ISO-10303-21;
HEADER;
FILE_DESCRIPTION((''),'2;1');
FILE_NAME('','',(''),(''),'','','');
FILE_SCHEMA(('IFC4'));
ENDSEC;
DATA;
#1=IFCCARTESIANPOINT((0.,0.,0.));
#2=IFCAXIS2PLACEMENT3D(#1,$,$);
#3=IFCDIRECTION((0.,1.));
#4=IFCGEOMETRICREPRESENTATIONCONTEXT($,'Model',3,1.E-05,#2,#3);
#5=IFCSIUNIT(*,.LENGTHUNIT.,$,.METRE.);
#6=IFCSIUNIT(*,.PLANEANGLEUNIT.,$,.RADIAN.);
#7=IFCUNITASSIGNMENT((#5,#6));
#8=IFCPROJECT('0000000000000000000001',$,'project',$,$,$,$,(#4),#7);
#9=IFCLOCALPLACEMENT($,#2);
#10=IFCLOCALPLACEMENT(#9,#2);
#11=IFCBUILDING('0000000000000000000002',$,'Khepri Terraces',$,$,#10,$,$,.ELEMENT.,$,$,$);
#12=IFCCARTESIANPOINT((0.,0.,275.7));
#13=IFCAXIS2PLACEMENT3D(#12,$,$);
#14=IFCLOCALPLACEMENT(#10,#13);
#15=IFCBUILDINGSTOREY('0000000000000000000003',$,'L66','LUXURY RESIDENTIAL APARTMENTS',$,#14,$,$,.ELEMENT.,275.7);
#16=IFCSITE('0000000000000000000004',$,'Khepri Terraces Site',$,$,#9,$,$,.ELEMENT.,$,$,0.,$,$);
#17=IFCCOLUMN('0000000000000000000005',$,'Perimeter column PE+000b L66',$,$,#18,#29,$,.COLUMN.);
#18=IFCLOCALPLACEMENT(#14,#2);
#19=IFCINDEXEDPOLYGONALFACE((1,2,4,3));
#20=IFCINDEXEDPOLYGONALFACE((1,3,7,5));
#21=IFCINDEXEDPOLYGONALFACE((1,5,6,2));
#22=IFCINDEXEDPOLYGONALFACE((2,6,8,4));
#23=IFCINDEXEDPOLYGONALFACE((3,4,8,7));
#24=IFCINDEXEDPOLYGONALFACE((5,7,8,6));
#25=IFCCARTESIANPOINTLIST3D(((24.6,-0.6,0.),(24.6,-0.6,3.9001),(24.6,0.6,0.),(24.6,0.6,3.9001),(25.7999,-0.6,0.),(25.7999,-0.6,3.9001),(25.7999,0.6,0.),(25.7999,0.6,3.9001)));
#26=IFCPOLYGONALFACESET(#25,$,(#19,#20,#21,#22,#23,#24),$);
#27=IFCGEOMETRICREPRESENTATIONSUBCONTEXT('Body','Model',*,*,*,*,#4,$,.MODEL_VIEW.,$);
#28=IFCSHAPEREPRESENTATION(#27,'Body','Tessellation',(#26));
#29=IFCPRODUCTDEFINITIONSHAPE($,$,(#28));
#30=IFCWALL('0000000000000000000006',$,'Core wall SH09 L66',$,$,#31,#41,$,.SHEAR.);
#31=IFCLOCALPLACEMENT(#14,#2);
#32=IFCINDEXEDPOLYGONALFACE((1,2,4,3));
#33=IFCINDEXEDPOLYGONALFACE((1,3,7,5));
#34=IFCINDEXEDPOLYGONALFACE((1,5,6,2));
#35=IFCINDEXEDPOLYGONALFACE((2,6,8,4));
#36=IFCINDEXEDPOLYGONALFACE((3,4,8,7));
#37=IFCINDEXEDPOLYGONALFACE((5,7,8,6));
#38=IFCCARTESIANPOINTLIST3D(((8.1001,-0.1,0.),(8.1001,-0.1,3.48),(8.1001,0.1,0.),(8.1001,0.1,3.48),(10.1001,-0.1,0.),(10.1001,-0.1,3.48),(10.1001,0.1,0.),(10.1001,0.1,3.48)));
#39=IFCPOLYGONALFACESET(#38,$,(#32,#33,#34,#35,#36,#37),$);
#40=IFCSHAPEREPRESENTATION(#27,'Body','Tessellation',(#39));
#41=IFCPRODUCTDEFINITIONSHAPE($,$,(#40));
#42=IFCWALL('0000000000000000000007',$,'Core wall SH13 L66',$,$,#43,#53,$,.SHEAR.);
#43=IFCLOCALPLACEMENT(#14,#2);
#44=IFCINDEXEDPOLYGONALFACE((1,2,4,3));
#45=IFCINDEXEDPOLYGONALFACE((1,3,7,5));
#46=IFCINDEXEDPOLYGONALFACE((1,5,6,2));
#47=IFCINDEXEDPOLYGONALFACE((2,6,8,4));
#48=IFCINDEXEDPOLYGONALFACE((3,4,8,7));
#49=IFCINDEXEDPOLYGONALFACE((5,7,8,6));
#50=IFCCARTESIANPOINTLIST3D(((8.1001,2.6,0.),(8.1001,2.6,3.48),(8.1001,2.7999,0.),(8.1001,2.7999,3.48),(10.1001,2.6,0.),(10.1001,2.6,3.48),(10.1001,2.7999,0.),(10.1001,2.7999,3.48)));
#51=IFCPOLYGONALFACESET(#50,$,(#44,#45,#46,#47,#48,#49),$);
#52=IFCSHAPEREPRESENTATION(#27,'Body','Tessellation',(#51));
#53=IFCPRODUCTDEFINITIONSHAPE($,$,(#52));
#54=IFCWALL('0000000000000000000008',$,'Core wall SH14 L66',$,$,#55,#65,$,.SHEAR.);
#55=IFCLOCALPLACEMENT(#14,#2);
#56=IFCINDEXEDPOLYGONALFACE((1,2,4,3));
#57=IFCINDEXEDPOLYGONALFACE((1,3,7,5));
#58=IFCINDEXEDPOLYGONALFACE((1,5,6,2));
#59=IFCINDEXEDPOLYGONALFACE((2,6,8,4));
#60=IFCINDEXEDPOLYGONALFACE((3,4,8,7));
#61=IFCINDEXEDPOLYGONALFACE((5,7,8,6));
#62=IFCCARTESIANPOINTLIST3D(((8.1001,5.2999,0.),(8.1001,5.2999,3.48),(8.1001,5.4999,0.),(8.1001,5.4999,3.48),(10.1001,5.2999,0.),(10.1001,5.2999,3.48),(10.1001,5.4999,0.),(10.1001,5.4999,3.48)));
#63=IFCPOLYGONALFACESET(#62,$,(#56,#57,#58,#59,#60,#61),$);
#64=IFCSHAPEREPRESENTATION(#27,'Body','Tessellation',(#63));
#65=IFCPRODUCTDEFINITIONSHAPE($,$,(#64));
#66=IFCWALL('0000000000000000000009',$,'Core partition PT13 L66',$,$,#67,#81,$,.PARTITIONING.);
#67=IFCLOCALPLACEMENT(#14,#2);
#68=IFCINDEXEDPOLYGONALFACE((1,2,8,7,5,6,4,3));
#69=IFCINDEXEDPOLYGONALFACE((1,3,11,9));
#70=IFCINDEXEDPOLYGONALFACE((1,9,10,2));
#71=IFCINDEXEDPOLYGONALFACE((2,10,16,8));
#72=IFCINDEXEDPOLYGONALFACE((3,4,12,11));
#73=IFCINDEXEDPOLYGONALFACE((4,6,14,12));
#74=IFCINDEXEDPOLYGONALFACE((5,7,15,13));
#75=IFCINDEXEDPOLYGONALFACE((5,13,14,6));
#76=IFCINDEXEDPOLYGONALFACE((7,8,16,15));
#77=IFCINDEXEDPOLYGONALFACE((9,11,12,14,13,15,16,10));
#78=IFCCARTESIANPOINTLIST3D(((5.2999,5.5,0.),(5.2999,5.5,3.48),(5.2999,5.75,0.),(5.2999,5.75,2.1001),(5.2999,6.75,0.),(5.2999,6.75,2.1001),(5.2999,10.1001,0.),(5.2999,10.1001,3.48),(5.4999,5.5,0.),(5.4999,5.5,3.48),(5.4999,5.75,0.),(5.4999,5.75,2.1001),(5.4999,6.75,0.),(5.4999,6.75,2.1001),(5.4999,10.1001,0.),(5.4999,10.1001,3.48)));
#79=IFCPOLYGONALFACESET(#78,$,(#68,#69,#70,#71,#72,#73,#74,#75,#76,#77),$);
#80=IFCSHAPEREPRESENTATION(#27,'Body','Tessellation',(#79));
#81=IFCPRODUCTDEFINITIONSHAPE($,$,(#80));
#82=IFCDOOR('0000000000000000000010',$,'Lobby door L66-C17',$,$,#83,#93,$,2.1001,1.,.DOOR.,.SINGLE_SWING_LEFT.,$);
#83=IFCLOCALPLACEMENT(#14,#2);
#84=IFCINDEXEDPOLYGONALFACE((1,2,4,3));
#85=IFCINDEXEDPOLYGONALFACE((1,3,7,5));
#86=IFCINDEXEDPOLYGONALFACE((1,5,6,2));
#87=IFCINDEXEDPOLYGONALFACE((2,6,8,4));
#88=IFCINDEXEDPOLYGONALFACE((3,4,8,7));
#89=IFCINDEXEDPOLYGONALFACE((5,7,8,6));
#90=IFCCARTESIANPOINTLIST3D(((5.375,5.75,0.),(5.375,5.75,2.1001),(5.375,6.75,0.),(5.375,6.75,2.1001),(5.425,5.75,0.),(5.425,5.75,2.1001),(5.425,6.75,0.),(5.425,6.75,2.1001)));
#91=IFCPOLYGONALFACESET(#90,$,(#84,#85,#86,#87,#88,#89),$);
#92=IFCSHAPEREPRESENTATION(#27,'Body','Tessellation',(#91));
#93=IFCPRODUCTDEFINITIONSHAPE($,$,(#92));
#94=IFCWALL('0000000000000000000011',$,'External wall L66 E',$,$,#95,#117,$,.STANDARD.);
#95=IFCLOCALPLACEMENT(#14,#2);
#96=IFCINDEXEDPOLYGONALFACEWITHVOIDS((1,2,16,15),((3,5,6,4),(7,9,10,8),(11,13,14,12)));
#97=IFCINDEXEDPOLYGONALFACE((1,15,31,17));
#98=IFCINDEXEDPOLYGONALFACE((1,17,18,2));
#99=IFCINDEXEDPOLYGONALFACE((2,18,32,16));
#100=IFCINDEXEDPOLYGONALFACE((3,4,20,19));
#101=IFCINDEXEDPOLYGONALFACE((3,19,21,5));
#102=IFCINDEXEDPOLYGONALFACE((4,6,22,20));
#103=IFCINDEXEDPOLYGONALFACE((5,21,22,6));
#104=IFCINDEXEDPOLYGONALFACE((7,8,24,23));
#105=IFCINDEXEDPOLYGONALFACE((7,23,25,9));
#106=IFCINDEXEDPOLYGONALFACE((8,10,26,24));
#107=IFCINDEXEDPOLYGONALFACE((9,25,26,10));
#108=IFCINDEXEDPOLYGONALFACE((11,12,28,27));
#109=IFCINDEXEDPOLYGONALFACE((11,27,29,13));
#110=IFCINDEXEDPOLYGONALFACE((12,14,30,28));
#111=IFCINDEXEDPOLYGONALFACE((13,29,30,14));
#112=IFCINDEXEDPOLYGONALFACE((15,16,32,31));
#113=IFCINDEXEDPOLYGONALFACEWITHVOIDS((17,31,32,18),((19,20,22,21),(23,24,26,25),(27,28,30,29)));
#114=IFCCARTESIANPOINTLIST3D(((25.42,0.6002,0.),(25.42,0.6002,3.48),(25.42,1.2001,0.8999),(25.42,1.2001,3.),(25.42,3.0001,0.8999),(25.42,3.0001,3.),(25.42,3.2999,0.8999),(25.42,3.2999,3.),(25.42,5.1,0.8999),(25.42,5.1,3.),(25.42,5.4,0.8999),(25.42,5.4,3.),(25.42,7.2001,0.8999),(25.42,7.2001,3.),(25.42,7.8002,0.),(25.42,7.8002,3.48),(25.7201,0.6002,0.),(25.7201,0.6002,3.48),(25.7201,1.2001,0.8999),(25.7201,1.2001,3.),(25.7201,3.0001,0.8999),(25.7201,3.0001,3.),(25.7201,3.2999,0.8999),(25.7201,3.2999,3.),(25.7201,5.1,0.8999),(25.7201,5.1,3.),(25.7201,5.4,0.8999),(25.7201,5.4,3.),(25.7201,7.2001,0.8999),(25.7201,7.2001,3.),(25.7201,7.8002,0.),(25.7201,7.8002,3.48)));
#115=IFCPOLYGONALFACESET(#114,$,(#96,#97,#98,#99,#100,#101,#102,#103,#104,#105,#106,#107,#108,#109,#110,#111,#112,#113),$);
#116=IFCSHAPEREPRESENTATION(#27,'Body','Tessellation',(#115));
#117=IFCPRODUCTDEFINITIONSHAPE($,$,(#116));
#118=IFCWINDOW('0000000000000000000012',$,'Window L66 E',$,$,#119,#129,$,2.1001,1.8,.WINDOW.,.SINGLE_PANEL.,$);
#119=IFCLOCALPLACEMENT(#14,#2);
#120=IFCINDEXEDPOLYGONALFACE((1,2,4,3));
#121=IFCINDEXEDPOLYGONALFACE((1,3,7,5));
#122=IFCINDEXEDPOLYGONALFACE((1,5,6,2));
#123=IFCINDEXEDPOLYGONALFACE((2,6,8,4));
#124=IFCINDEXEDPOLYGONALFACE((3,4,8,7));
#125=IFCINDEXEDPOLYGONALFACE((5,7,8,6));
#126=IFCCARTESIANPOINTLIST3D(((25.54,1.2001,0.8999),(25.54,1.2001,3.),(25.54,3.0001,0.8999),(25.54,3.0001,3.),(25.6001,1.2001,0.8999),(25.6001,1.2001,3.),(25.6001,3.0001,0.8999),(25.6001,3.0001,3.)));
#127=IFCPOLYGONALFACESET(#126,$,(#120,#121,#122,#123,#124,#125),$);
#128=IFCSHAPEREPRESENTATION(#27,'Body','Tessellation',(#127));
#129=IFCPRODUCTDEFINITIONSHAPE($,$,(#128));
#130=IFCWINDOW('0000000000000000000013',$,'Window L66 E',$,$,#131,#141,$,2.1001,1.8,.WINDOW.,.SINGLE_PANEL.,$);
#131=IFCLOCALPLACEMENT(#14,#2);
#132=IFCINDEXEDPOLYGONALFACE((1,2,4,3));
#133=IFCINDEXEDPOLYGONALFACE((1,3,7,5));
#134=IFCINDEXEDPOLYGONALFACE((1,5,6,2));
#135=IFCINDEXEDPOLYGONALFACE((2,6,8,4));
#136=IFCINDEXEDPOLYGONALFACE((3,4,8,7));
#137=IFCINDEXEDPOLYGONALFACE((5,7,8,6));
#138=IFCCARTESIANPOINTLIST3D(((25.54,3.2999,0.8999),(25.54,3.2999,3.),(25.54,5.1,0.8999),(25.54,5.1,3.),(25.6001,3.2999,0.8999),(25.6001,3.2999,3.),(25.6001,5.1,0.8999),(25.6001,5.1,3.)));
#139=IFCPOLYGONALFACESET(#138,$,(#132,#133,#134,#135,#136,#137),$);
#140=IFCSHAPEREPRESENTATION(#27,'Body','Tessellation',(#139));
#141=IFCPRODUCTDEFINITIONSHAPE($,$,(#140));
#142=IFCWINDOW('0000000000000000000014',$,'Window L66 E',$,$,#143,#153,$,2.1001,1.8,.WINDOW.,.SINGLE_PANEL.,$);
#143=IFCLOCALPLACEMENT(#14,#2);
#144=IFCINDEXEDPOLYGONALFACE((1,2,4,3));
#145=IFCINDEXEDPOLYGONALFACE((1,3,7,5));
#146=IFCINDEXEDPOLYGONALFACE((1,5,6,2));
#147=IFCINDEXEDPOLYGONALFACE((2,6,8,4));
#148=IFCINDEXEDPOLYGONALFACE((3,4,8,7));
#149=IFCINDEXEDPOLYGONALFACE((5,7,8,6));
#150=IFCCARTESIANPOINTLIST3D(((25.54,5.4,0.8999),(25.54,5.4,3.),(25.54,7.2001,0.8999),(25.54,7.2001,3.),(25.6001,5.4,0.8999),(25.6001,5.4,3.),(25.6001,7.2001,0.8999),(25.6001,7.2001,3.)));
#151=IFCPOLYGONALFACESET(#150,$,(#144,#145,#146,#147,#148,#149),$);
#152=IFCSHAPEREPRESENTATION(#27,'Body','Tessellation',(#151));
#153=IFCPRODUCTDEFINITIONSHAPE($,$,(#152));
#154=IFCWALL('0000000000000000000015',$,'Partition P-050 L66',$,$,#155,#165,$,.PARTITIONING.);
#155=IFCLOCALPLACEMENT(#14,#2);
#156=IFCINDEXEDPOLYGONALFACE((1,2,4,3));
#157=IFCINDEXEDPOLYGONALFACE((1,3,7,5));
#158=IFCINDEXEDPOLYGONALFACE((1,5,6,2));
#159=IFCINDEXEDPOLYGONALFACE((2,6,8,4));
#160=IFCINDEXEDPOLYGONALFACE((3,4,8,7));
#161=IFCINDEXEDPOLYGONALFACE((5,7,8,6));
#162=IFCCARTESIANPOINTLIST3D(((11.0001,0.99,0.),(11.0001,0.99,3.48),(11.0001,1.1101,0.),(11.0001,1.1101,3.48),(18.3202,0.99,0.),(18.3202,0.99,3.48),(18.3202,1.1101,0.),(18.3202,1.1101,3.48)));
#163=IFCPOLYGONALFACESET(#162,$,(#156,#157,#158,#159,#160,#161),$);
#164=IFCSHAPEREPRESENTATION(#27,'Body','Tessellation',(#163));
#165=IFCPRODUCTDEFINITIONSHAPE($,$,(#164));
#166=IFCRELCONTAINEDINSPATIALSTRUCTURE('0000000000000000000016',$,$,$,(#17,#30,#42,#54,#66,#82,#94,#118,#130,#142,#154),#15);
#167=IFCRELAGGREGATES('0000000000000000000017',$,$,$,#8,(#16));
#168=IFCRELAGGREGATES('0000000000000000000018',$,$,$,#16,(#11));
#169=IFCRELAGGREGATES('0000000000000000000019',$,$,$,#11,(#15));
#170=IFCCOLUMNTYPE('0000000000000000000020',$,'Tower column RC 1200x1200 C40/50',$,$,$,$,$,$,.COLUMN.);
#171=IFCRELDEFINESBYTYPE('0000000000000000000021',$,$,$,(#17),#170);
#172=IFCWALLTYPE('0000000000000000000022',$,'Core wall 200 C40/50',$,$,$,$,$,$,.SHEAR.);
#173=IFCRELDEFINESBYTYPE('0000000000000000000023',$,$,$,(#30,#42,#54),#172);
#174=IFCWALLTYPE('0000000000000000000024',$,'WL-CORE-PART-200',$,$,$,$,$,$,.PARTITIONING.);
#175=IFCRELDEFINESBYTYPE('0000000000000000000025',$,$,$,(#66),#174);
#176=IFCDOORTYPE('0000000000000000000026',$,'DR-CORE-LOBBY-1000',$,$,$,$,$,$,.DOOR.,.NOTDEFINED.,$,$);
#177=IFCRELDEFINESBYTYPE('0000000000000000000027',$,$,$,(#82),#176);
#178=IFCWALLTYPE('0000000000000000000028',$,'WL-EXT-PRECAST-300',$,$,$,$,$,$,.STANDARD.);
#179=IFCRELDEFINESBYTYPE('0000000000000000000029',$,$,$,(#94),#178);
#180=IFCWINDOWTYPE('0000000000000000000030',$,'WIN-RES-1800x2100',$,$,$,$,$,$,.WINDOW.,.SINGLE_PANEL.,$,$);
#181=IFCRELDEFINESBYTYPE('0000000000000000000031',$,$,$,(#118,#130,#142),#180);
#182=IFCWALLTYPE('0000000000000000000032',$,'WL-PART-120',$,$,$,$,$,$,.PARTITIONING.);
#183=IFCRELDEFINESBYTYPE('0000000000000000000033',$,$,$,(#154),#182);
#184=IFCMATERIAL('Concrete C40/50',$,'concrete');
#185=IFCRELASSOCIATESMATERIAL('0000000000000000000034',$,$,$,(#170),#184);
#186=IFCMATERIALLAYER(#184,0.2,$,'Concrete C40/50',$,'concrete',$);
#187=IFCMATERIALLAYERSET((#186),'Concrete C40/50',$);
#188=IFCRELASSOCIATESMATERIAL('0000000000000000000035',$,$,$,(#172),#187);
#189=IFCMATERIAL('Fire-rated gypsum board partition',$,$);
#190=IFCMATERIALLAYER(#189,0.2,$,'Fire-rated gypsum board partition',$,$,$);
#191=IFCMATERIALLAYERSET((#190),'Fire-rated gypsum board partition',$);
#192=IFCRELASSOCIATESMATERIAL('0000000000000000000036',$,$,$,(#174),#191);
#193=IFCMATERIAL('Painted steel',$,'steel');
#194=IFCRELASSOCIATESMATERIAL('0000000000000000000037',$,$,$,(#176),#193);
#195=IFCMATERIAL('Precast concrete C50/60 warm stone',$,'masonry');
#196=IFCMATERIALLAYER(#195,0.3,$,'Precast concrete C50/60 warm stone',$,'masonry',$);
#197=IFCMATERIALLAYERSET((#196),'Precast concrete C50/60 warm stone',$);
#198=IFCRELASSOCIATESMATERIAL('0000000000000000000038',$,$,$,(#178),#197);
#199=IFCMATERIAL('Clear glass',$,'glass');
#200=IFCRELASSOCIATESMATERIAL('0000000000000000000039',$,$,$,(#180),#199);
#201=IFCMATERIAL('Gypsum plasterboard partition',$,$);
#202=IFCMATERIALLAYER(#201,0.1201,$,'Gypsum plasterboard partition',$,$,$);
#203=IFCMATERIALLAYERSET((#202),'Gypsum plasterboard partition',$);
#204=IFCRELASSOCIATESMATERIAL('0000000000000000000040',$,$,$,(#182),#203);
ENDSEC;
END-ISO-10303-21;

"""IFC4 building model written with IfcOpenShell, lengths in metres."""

from ifc_helpers import new_model, si_unit, direction, frame, frame_2d, origin, origin_2d, place, context, subcontext, project, spatial, rectangle, extrude, material, layer, layer_set, material_profile, profile_set, type_object, element, fill, save


model = new_model("IFC4")

# Units and contexts
model_context = context("Model", 3, precision=1e-05, world=origin(), true_north=direction((0.0, 1.0)))
body_context = subcontext(model_context, "Body", "Model", "MODEL_VIEW")
ifc_project = project(units=[si_unit("LENGTHUNIT", "METRE"), si_unit("PLANEANGLEUNIT", "RADIAN")], contexts=[model_context])

# Site, building, storey
site_placement = place(None, origin())
site = spatial("IfcSite", under=ifc_project, at=site_placement, Name="Khepri Terraces Site", CompositionType="ELEMENT", RefElevation=0.0)
building_placement = place(site_placement, origin())
building = spatial("IfcBuilding", under=site, at=building_placement, Name="Khepri Terraces", CompositionType="ELEMENT")
storey_placement = place(building_placement, frame((0.0, 0.0, 275.7)))
storey = spatial("IfcBuildingStorey", under=building, at=storey_placement, Name="L66", Description="LUXURY RESIDENTIAL APARTMENTS", CompositionType="ELEMENT", Elevation=275.7)

# Column
ifc_material_1 = material(Name="Concrete C40/50", Category="concrete")
ifc_material_profile = material_profile(ifc_material_1, rectangle(XDim=1.2, YDim=1.2, at=origin_2d()), Name="Concrete C40/50", Category="concrete")
ifc_profile_set = profile_set([ifc_material_profile], Name="Concrete C40/50")
column_type = type_object("IfcColumnType", Name="Tower column RC 1200x1200 C40/50", PredefinedType="COLUMN", material=ifc_profile_set)
column_placement = place(storey_placement, frame((25.2, 0.0, 0.0), z_axis=(0.0, 0.0, 1.0), x_axis=(1.0, 0.0, 0.0)))
element("IfcColumn", 1, at=column_placement, inside=storey, type_object=column_type, Name="Perimeter column PE+000b L66", PredefinedType="COLUMN", context=body_context, shape_type="SweptSolid", body=[
    extrude(rectangle(XDim=1.2, YDim=1.2, at=origin_2d()), origin(), (0.0, 0.0, 1.0), 3.9001),
])

# Walls
ifc_layer_1 = layer(ifc_material_1, 0.2, Name="Concrete C40/50", Category="concrete")
ifc_layer_set_1 = layer_set([ifc_layer_1], Name="Concrete C40/50")
wall_type_1 = type_object("IfcWallType", Name="Core wall 200 C40/50", PredefinedType="SHEAR", material=ifc_layer_set_1)
for number, where, z_axis, x_axis, name in (
    (2, (8.1001, 0.0, 0.0), (0.0, 0.0, 1.0), (1.0, 0.0, 0.0), "Core wall SH09 L66"),
    (3, (8.1001, 2.7, 0.0), (0.0, 0.0, 1.0), (1.0, 0.0, 0.0), "Core wall SH13 L66"),
    (4, (8.1001, 5.3999, 0.0), (0.0, 0.0, 1.0), (1.0, 0.0, 0.0), "Core wall SH14 L66"),
):
    element("IfcWall", number, at=place(storey_placement, frame(where, z_axis=z_axis, x_axis=x_axis)), inside=storey, type_object=wall_type_1, Name=name, PredefinedType="SHEAR", context=body_context, shape_type="SweptSolid", body=[
        extrude(rectangle(XDim=2.0, YDim=0.2, at=frame_2d((1.0, 0.0))), origin(), (0.0, 0.0, 1.0), 3.48),
    ])

# Wall, opening, door
ifc_material_2 = material(Name="Fire-rated gypsum board partition")
ifc_layer_2 = layer(ifc_material_2, 0.2, Name="Fire-rated gypsum board partition")
ifc_layer_set_2 = layer_set([ifc_layer_2], Name="Fire-rated gypsum board partition")
wall_type_2 = type_object("IfcWallType", Name="WL-CORE-PART-200", PredefinedType="PARTITIONING", material=ifc_layer_set_2)
wall_1_placement = place(storey_placement, frame((5.3999, 5.5, 0.0), z_axis=(0.0, 0.0, 1.0), x_axis=(0.0, 1.0, 0.0)))
wall_1 = element("IfcWall", 5, at=wall_1_placement, inside=storey, type_object=wall_type_2, Name="Core partition PT13 L66", PredefinedType="PARTITIONING", context=body_context, shape_type="SweptSolid", body=[
    extrude(rectangle(XDim=4.6001, YDim=0.2, at=frame_2d((2.3, 0.0))), origin(), (0.0, 0.0, 1.0), 3.48),
])
opening_1_placement = place(wall_1_placement, frame((0.25, 0.0, 0.0)))
opening_1 = element("IfcOpeningElement", 6, at=opening_1_placement, cuts=wall_1, PredefinedType="OPENING", context=body_context, shape_type="SweptSolid", body=[
    extrude(rectangle(XDim=1.0, YDim=2.1001, at=frame_2d((0.5, 1.05))), frame((0.0, 0.1099, 0.0), z_axis=(0.0, -1.0, 0.0), x_axis=(1.0, 0.0, 0.0)), (0.0, 0.0, 1.0), 0.22),
])
ifc_material_3 = material(Name="Painted steel", Category="steel")
door_type_1 = type_object("IfcDoorType", Name="DR-CORE-LOBBY-1000", OperationType="NOTDEFINED", PredefinedType="DOOR", material=ifc_material_3)
door_1_placement = place(opening_1_placement, origin())
door_1 = element("IfcDoor", 7, at=door_1_placement, inside=storey, type_object=door_type_1, Name="Lobby door L66-C17", OperationType="SINGLE_SWING_LEFT", OverallHeight=2.1001, OverallWidth=1.0, PredefinedType="DOOR", context=body_context, shape_type="SweptSolid", body=[
    extrude(rectangle(XDim=1.0, YDim=2.1001, at=frame_2d((0.5, 1.05))), frame((0.0, 0.0249, 0.0), z_axis=(0.0, -1.0, 0.0), x_axis=(1.0, 0.0, 0.0)), (0.0, 0.0, 1.0), 0.05),
])
fill(opening_1, door_1)

# Wall, openings, windows
ifc_material_4 = material(Name="Precast concrete C50/60 warm stone", Category="masonry")
ifc_layer_3 = layer(ifc_material_4, 0.3, Name="Precast concrete C50/60 warm stone", Category="masonry")
ifc_layer_set_3 = layer_set([ifc_layer_3], Name="Precast concrete C50/60 warm stone")
wall_type_3 = type_object("IfcWallType", Name="WL-EXT-PRECAST-300", PredefinedType="STANDARD", material=ifc_layer_set_3)
wall_2_placement = place(storey_placement, frame((25.5701, 0.6001, 0.0), z_axis=(0.0, 0.0, 1.0), x_axis=(0.0, 1.0, 0.0)))
wall_2 = element("IfcWall", 8, at=wall_2_placement, inside=storey, type_object=wall_type_3, Name="External wall L66 E", PredefinedType="STANDARD", context=body_context, shape_type="SweptSolid", body=[
    extrude(rectangle(XDim=7.2, YDim=0.3, at=frame_2d((3.6001, 0.0))), origin(), (0.0, 0.0, 1.0), 3.48),
])
opening_2_placement = place(wall_2_placement, frame((0.6001, 0.0, 0.8999)))
opening_2 = element("IfcOpeningElement", 9, at=opening_2_placement, cuts=wall_2, PredefinedType="OPENING", context=body_context, shape_type="SweptSolid", body=[
    extrude(rectangle(XDim=1.8, YDim=2.1001, at=frame_2d((0.8999, 1.05))), frame((0.0, 0.1602, 0.0), z_axis=(0.0, -1.0, 0.0), x_axis=(1.0, 0.0, 0.0)), (0.0, 0.0, 1.0), 0.3201),
])
opening_3_placement = place(wall_2_placement, frame((2.7, 0.0, 0.8999)))
opening_3 = element("IfcOpeningElement", 10, at=opening_3_placement, cuts=wall_2, PredefinedType="OPENING", context=body_context, shape_type="SweptSolid", body=[
    extrude(rectangle(XDim=1.8, YDim=2.1001, at=frame_2d((0.8999, 1.05))), frame((0.0, 0.1602, 0.0), z_axis=(0.0, -1.0, 0.0), x_axis=(1.0, 0.0, 0.0)), (0.0, 0.0, 1.0), 0.3201),
])
opening_4_placement = place(wall_2_placement, frame((4.8, 0.0, 0.8999)))
opening_4 = element("IfcOpeningElement", 11, at=opening_4_placement, cuts=wall_2, PredefinedType="OPENING", context=body_context, shape_type="SweptSolid", body=[
    extrude(rectangle(XDim=1.8, YDim=2.1001, at=frame_2d((0.8999, 1.05))), frame((0.0, 0.1602, 0.0), z_axis=(0.0, -1.0, 0.0), x_axis=(1.0, 0.0, 0.0)), (0.0, 0.0, 1.0), 0.3201),
])
ifc_material_5 = material(Name="Clear glass", Category="glass")
window_type = type_object("IfcWindowType", Name="WIN-RES-1800x2100", PartitioningType="SINGLE_PANEL", PredefinedType="WINDOW", material=ifc_material_5)
window_1_placement = place(opening_2_placement, origin())
window_1 = element("IfcWindow", 12, at=window_1_placement, inside=storey, type_object=window_type, Name="Window L66 E", OverallHeight=2.1001, OverallWidth=1.8, PartitioningType="SINGLE_PANEL", PredefinedType="WINDOW", context=body_context, shape_type="SweptSolid", body=[
    extrude(rectangle(XDim=1.8, YDim=2.1001, at=frame_2d((0.8999, 1.05))), frame((0.0, 0.03, 0.0), z_axis=(0.0, -1.0, 0.0), x_axis=(1.0, 0.0, 0.0)), (0.0, 0.0, 1.0), 0.0601),
])
fill(opening_2, window_1)
window_2_placement = place(opening_3_placement, origin())
window_2 = element("IfcWindow", 13, at=window_2_placement, inside=storey, type_object=window_type, Name="Window L66 E", OverallHeight=2.1001, OverallWidth=1.8, PartitioningType="SINGLE_PANEL", PredefinedType="WINDOW", context=body_context, shape_type="SweptSolid", body=[
    extrude(rectangle(XDim=1.8, YDim=2.1001, at=frame_2d((0.8999, 1.05))), frame((0.0, 0.03, 0.0), z_axis=(0.0, -1.0, 0.0), x_axis=(1.0, 0.0, 0.0)), (0.0, 0.0, 1.0), 0.0601),
])
fill(opening_3, window_2)
window_3_placement = place(opening_4_placement, origin())
window_3 = element("IfcWindow", 14, at=window_3_placement, inside=storey, type_object=window_type, Name="Window L66 E", OverallHeight=2.1001, OverallWidth=1.8, PartitioningType="SINGLE_PANEL", PredefinedType="WINDOW", context=body_context, shape_type="SweptSolid", body=[
    extrude(rectangle(XDim=1.8, YDim=2.1001, at=frame_2d((0.8999, 1.05))), frame((0.0, 0.03, 0.0), z_axis=(0.0, -1.0, 0.0), x_axis=(1.0, 0.0, 0.0)), (0.0, 0.0, 1.0), 0.0601),
])
fill(opening_4, window_3)

# Wall
ifc_material_6 = material(Name="Gypsum plasterboard partition")
ifc_layer_4 = layer(ifc_material_6, 0.1201, Name="Gypsum plasterboard partition")
ifc_layer_set_4 = layer_set([ifc_layer_4], Name="Gypsum plasterboard partition")
wall_type_4 = type_object("IfcWallType", Name="WL-PART-120", PredefinedType="PARTITIONING", material=ifc_layer_set_4)
wall_3_placement = place(storey_placement, frame((11.0, 1.05, 0.0), z_axis=(0.0, 0.0, 1.0), x_axis=(1.0, 0.0, 0.0)))
element("IfcWall", 15, at=wall_3_placement, inside=storey, type_object=wall_type_4, Name="Partition P-050 L66", PredefinedType="PARTITIONING", context=body_context, shape_type="SweptSolid", body=[
    extrude(rectangle(XDim=7.3201, YDim=0.1201, at=frame_2d((3.6602, 0.0))), origin(), (0.0, 0.0, 1.0), 3.48),
])

save(model, "model.ifc")
